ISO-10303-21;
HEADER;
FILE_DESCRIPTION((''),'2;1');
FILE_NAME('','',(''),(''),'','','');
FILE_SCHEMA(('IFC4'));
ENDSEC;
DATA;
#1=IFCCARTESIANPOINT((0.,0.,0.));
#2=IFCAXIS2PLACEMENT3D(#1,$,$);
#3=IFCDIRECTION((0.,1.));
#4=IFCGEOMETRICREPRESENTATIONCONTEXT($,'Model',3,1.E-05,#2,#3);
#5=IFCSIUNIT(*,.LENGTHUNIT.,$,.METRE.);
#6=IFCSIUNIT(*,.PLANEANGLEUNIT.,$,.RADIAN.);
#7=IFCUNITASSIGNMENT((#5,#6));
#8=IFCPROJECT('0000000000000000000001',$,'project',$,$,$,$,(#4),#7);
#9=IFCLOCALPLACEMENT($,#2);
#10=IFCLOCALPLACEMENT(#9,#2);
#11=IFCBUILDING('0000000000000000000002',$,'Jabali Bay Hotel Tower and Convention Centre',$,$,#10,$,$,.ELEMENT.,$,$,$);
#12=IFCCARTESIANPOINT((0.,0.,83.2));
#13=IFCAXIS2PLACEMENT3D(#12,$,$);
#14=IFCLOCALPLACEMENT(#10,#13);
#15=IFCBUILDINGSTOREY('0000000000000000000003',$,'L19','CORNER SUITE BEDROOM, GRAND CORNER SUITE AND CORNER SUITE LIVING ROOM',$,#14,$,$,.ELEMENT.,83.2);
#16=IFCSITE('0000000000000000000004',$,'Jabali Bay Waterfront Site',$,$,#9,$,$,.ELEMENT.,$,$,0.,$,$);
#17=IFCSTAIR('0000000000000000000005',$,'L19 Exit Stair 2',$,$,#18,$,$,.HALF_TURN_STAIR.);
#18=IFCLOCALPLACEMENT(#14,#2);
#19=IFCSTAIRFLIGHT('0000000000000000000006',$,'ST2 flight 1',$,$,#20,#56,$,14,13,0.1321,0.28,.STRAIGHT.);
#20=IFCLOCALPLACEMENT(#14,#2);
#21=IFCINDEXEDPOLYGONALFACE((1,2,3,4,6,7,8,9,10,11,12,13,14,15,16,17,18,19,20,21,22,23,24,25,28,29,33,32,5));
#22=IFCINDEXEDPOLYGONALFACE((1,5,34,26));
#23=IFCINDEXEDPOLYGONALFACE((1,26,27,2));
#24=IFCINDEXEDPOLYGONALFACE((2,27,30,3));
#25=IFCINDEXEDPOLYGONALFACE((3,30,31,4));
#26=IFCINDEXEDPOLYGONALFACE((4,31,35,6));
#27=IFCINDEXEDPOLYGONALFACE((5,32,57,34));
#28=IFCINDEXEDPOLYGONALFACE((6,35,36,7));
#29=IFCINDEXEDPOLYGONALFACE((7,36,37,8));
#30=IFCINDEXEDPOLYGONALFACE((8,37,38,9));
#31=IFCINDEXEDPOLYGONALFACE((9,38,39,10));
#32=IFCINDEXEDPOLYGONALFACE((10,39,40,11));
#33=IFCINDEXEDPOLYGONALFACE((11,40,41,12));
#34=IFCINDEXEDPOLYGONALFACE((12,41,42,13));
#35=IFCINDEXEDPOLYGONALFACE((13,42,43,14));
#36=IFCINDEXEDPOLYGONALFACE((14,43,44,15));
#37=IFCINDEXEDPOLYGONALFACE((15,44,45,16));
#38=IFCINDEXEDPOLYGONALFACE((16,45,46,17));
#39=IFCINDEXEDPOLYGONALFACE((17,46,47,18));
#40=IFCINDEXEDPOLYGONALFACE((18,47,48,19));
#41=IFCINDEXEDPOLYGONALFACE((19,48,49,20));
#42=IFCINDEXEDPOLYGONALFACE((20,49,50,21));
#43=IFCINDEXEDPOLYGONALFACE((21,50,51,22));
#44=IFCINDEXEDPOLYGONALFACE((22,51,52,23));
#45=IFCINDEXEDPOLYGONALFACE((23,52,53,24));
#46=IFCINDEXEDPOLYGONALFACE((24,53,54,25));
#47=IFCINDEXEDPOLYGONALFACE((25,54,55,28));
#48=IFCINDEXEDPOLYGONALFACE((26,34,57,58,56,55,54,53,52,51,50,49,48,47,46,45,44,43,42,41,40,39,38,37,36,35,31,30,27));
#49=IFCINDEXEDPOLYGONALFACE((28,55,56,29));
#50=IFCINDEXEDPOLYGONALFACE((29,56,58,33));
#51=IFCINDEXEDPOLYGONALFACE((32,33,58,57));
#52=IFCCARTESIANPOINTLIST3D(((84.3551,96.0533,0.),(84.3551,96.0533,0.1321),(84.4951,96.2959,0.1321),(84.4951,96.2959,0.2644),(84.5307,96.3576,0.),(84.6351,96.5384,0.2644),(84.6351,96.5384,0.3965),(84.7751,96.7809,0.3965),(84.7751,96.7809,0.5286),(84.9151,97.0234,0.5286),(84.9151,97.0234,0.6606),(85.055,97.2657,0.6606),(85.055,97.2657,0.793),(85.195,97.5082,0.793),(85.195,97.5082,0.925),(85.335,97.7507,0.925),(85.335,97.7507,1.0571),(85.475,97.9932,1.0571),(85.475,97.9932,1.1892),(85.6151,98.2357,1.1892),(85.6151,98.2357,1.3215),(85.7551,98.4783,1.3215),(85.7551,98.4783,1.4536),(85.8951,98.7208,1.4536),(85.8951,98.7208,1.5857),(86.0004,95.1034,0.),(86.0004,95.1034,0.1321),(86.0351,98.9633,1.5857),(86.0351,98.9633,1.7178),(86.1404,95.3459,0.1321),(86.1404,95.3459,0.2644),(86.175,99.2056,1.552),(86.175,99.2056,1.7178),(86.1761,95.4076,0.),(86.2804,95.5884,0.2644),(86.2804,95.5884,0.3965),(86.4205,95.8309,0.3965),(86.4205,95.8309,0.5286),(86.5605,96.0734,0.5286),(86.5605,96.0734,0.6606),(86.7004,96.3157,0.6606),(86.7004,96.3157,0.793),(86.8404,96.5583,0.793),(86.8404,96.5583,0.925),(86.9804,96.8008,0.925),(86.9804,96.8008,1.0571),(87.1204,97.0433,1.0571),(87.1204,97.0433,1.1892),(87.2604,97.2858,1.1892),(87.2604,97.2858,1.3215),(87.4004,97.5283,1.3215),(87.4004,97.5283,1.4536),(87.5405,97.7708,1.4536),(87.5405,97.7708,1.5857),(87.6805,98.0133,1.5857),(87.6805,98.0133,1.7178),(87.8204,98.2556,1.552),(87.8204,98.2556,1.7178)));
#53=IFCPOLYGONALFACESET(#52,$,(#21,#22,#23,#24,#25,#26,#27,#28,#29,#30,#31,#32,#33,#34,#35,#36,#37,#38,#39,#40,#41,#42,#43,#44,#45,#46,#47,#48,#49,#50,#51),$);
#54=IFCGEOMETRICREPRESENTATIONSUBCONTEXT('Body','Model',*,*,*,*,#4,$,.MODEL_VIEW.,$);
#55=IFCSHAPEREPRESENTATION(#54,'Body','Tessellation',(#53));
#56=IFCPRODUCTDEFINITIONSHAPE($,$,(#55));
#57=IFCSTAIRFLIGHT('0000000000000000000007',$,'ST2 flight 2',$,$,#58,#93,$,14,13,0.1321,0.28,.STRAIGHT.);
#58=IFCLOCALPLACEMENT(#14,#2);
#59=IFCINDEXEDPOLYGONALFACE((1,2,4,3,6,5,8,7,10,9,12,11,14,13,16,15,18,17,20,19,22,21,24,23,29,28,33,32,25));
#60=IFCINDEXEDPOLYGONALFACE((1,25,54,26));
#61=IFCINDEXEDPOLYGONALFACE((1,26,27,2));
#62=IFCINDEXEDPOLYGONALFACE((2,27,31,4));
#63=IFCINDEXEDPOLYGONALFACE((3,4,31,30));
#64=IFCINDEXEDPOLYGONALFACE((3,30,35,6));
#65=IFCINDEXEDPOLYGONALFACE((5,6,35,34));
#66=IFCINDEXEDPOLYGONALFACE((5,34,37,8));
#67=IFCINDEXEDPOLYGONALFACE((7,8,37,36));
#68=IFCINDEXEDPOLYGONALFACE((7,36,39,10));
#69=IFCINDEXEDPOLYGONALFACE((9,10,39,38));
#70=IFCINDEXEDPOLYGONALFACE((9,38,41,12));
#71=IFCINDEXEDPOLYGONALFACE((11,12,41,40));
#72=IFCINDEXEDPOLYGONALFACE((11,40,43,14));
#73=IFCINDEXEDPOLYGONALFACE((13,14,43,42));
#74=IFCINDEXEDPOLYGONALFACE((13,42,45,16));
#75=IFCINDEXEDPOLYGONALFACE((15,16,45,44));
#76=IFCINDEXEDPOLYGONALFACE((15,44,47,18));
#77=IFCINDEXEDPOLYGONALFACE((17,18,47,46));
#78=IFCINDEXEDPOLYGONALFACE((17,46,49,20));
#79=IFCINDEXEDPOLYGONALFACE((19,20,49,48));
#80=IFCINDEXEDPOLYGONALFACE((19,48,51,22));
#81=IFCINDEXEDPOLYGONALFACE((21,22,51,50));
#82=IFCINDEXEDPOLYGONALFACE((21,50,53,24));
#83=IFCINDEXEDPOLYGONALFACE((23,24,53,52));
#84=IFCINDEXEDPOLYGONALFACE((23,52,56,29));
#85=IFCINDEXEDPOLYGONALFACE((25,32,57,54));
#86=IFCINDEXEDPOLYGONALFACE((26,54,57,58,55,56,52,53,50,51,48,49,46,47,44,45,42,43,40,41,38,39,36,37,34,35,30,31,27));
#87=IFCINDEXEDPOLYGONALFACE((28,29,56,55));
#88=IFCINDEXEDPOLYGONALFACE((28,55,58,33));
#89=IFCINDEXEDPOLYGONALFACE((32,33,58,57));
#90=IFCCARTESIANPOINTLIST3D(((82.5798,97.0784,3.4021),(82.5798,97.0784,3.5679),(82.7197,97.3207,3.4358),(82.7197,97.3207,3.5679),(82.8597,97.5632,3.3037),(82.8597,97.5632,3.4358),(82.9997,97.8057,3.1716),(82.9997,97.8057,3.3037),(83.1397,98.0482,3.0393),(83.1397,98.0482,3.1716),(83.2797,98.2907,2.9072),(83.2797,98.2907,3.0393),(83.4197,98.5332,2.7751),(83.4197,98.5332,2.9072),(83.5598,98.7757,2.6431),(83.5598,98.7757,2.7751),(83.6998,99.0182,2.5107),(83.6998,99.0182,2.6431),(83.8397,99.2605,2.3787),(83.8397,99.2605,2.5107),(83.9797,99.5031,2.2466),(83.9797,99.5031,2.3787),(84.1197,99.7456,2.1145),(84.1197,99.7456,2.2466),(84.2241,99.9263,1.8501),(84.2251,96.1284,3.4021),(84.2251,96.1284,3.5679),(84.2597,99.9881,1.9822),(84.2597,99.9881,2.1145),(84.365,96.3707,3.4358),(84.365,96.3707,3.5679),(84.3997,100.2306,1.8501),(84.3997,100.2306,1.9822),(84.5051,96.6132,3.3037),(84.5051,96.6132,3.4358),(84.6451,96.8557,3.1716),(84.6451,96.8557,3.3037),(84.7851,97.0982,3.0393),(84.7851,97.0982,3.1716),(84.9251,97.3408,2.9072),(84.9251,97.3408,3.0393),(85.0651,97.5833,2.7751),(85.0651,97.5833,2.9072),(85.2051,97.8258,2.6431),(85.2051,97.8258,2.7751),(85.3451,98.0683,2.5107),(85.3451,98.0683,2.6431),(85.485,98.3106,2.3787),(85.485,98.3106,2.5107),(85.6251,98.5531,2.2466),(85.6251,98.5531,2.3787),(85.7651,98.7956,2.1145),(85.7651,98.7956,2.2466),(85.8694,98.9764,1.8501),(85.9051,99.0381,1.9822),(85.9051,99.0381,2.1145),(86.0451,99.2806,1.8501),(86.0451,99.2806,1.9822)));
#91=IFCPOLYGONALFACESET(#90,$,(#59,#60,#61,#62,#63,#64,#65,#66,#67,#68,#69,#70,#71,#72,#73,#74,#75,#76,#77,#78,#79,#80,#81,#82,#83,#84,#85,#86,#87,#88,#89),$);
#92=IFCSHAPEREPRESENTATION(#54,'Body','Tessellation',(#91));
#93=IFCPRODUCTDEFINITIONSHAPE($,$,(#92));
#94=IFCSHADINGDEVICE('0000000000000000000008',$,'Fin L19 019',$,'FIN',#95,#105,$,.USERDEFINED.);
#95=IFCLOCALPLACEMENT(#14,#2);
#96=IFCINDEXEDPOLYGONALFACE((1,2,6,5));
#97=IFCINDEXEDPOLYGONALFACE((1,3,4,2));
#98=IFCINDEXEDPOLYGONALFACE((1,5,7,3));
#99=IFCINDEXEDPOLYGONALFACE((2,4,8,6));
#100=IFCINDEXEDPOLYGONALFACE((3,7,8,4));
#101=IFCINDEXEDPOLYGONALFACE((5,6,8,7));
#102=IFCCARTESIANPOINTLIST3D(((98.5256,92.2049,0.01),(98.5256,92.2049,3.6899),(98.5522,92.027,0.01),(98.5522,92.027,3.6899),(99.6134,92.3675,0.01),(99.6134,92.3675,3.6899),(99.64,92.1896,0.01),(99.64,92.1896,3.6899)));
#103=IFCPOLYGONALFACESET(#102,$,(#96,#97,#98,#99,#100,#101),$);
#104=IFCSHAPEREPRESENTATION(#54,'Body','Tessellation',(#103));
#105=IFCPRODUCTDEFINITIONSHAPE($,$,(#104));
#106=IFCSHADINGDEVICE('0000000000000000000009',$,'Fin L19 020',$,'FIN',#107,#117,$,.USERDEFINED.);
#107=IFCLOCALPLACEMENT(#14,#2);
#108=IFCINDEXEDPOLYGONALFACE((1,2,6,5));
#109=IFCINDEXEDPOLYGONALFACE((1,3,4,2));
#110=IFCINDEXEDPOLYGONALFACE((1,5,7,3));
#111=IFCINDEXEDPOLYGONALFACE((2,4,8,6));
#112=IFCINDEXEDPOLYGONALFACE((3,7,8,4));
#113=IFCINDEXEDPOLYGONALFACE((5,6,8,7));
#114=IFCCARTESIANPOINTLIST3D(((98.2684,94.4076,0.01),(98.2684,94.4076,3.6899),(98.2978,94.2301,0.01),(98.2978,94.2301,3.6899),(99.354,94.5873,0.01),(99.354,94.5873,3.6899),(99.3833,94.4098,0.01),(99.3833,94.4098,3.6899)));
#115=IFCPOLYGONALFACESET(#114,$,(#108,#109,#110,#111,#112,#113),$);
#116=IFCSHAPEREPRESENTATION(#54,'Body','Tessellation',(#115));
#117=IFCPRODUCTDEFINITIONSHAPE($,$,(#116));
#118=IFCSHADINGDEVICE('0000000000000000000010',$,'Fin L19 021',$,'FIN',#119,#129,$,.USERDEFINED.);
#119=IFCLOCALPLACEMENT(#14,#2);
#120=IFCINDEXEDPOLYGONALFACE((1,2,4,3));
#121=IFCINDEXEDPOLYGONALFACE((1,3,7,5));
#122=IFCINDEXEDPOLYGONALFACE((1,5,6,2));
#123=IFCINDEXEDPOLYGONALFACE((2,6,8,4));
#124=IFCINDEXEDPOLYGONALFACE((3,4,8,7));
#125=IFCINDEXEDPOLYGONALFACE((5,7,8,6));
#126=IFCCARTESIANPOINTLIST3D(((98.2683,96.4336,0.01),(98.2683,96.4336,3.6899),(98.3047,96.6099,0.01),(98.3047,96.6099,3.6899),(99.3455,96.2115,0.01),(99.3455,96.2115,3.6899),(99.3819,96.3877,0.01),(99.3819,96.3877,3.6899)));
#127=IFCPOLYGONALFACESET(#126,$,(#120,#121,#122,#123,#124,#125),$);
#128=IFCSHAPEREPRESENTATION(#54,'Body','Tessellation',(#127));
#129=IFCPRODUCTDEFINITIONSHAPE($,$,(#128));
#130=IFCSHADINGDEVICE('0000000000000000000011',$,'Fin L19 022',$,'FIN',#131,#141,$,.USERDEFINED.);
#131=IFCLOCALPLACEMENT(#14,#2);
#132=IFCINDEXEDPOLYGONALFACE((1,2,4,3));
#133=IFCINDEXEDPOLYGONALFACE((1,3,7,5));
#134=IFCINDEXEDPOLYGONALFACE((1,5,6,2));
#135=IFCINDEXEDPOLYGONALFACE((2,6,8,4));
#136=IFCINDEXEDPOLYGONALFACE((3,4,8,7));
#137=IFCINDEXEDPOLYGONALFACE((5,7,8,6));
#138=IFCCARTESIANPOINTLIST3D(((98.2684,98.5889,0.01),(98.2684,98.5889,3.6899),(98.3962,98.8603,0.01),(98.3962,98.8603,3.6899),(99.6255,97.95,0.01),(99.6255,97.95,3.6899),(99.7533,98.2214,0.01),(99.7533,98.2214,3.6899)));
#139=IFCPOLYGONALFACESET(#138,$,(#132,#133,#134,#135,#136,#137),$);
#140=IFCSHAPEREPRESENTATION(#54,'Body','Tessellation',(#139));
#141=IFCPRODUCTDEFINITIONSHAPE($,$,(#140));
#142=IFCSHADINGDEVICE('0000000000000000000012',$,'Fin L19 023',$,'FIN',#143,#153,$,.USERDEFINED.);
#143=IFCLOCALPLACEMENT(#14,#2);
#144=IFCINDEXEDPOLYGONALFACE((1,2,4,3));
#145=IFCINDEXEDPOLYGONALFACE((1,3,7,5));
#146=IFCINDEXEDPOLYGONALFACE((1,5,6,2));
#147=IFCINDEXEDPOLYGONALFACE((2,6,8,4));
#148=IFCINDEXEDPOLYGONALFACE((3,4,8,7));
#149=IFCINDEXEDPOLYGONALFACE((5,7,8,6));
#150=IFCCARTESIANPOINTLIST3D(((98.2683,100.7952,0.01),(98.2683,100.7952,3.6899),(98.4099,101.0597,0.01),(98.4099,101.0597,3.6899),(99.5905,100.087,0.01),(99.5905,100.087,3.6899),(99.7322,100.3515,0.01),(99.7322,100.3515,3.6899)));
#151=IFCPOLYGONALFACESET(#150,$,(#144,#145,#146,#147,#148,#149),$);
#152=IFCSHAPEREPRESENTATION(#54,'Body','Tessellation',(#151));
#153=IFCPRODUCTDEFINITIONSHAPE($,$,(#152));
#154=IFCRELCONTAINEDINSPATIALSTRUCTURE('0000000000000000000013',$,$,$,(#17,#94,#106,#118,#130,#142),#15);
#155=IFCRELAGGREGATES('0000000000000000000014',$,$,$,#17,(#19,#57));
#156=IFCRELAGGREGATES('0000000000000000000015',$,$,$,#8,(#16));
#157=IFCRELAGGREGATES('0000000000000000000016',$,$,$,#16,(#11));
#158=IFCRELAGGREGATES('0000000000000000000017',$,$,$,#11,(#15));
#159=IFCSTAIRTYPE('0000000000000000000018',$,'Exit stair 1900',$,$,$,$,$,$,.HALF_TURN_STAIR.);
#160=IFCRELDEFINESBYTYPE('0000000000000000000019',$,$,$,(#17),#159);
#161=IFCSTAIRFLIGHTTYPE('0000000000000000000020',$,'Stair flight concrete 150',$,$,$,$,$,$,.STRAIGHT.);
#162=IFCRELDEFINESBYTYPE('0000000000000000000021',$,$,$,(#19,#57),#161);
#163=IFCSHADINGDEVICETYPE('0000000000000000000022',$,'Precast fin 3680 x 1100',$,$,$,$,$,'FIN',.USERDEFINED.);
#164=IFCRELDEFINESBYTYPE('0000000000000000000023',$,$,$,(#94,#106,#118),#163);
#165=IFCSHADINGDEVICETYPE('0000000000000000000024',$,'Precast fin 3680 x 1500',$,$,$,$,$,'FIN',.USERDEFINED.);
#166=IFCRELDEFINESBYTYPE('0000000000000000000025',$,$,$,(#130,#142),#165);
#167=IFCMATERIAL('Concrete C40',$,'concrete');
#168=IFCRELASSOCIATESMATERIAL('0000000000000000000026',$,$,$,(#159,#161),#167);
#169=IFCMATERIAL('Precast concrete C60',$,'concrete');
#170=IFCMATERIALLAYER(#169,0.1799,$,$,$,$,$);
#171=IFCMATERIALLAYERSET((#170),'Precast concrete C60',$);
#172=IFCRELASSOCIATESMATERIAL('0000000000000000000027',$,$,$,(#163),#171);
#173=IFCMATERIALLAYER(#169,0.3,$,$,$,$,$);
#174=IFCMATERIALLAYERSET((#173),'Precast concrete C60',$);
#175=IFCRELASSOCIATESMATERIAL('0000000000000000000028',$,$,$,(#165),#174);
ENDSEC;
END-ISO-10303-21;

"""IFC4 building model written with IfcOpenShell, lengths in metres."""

from ifc_helpers import new_model, si_unit, direction, frame, frame_2d, origin, place, context, subcontext, project, spatial, polyline, rectangle, outline, extrude, material, layer, layer_set, type_object, element, aggregate, save


model = new_model("IFC4")

# Units and contexts
model_context = context("Model", 3, precision=1e-05, world=origin(), true_north=direction((0.0, 1.0)))
body_context = subcontext(model_context, "Body", "Model", "MODEL_VIEW")
ifc_project = project(units=[si_unit("LENGTHUNIT", "METRE"), si_unit("PLANEANGLEUNIT", "RADIAN")], contexts=[model_context])

# Site, building, storey
site_placement = place(None, origin())
site = spatial("IfcSite", under=ifc_project, at=site_placement, Name="Jabali Bay Waterfront Site", CompositionType="ELEMENT", RefElevation=0.0)
building_placement = place(site_placement, origin())
building = spatial("IfcBuilding", under=site, at=building_placement, Name="Jabali Bay Hotel Tower and Convention Centre", CompositionType="ELEMENT")
storey_placement = place(building_placement, frame((0.0, 0.0, 83.2)))
storey = spatial("IfcBuildingStorey", under=building, at=storey_placement, Name="L19", Description="CORNER SUITE BEDROOM, GRAND CORNER SUITE AND CORNER SUITE LIVING ROOM", CompositionType="ELEMENT", Elevation=83.2)

# Shared definitions
ifc_material_1 = material(Name="Concrete C40", Category="concrete")

# Stair, stair flights
stair_type = type_object("IfcStairType", Name="Exit stair 1900", PredefinedType="HALF_TURN_STAIR", material=ifc_material_1)
stair_placement = place(storey_placement, origin())
stair = element("IfcStair", 1, at=stair_placement, inside=storey, type_object=stair_type, Name="L19 Exit Stair 2", PredefinedType="HALF_TURN_STAIR")
stair_flight_type = type_object("IfcStairFlightType", Name="Stair flight concrete 150", PredefinedType="STRAIGHT", material=ifc_material_1)
stair_flight_1_placement = place(storey_placement, frame((85.1777, 95.5784, 0.0), z_axis=(0.0, 0.0, 1.0), x_axis=(0.5, 0.866025, 0.0)))
stair_flight_1 = element("IfcStairFlight", 2, at=stair_flight_1_placement, type_object=stair_flight_type, Name="ST2 flight 1", NumberOfRisers=14, NumberOfTreads=13, PredefinedType="STRAIGHT", RiserHeight=0.1321, TreadLength=0.28, context=body_context, shape_type="SweptSolid", body=[
    extrude(outline(polyline([(0.0, 0.0), (0.0, 0.1321), (0.28, 0.1321), (0.28, 0.2644), (0.5601, 0.2644), (0.5601, 0.3965), (0.8401, 0.3965), (0.8401, 0.5286), (1.1201, 0.5286), (1.1201, 0.6606), (1.3999, 0.6606), (1.3999, 0.793), (1.6799, 0.793), (1.6799, 0.925), (1.96, 0.925), (1.96, 1.0571), (2.24, 1.0571), (2.24, 1.1892), (2.52, 1.1892), (2.52, 1.3215), (2.8, 1.3215), (2.8, 1.4536), (3.0801, 1.4536), (3.0801, 1.5857), (3.3601, 1.5857), (3.3601, 1.7178), (3.6399, 1.7178), (3.6399, 1.8501), (3.6399, 1.552), (0.3513, 0.0), (0.0, 0.0)])), frame((0.0, 0.95, 0.0), z_axis=(0.0, -1.0, 0.0), x_axis=(1.0, 0.0, 0.0)), (0.0, 0.0, 1.0), 1.8999),
])
stair_flight_2_placement = place(storey_placement, frame((85.2224, 99.7556, 1.8501), z_axis=(0.0, 0.0, 1.0), x_axis=(-0.5, -0.866025, 0.0)))
stair_flight_2 = element("IfcStairFlight", 3, at=stair_flight_2_placement, type_object=stair_flight_type, Name="ST2 flight 2", NumberOfRisers=14, NumberOfTreads=13, PredefinedType="STRAIGHT", RiserHeight=0.1321, TreadLength=0.28, context=body_context, shape_type="SweptSolid", body=[
    extrude(outline(polyline([(0.0, 0.0), (0.0, 0.1321), (0.28, 0.1321), (0.28, 0.2644), (0.5601, 0.2644), (0.5601, 0.3965), (0.8401, 0.3965), (0.8401, 0.5286), (1.1201, 0.5286), (1.1201, 0.6606), (1.3999, 0.6606), (1.3999, 0.793), (1.6799, 0.793), (1.6799, 0.925), (1.96, 0.925), (1.96, 1.0571), (2.24, 1.0571), (2.24, 1.1892), (2.52, 1.1892), (2.52, 1.3215), (2.8, 1.3215), (2.8, 1.4536), (3.0801, 1.4536), (3.0801, 1.5857), (3.3601, 1.5857), (3.3601, 1.7178), (3.6399, 1.7178), (3.6399, 1.8501), (3.6399, 1.552), (0.3513, 0.0), (0.0, 0.0)])), frame((0.0, 0.95, 0.0), z_axis=(0.0, -1.0, 0.0), x_axis=(1.0, 0.0, 0.0)), (0.0, 0.0, 1.0), 1.8999),
])
aggregate(stair, [stair_flight_1, stair_flight_2])

# Shading devices
ifc_material_2 = material(Name="Precast concrete C60", Category="concrete")
ifc_layer_1 = layer(ifc_material_2, 0.1799)
ifc_layer_set_1 = layer_set([ifc_layer_1], Name="Precast concrete C60")
shading_device_type_1 = type_object("IfcShadingDeviceType", Name="Precast fin 3680 x 1100", ElementType="FIN", PredefinedType="USERDEFINED", material=ifc_layer_set_1)
shading_device_1_placement = place(storey_placement, frame((98.5391, 92.116, 0.01), z_axis=(0.0, 0.0, 1.0), x_axis=(0.989014, 0.147819, 0.0)))
element("IfcShadingDevice", 4, at=shading_device_1_placement, inside=storey, type_object=shading_device_type_1, Name="Fin L19 019", ObjectType="FIN", PredefinedType="USERDEFINED", context=body_context, shape_type="SweptSolid", body=[
    extrude(rectangle(XDim=1.0999, YDim=0.1799, at=frame_2d((0.5498, 0.0))), origin(), (0.0, 0.0, 1.0), 3.6799),
])
shading_device_2_placement = place(storey_placement, frame((98.283, 94.3188, 0.01), z_axis=(0.0, 0.0, 1.0), x_axis=(0.986573, 0.163319, 0.0)))
element("IfcShadingDevice", 5, at=shading_device_2_placement, inside=storey, type_object=shading_device_type_1, Name="Fin L19 020", ObjectType="FIN", PredefinedType="USERDEFINED", context=body_context, shape_type="SweptSolid", body=[
    extrude(rectangle(XDim=1.1003, YDim=0.1799, at=frame_2d((0.5503, 0.0))), origin(), (0.0, 0.0, 1.0), 3.6799),
])
shading_device_3_placement = place(storey_placement, frame((98.2866, 96.5217, 0.01), z_axis=(0.0, 0.0, 1.0), x_axis=(0.979385, -0.202004, 0.0)))
element("IfcShadingDevice", 6, at=shading_device_3_placement, inside=storey, type_object=shading_device_type_1, Name="Fin L19 021", ObjectType="FIN", PredefinedType="USERDEFINED", context=body_context, shape_type="SweptSolid", body=[
    extrude(rectangle(XDim=1.0999, YDim=0.1799, at=frame_2d((0.5498, 0.0))), origin(), (0.0, 0.0, 1.0), 3.6799),
])
ifc_layer_2 = layer(ifc_material_2, 0.3)
ifc_layer_set_2 = layer_set([ifc_layer_2], Name="Precast concrete C60")
shading_device_type_2 = type_object("IfcShadingDeviceType", Name="Precast fin 3680 x 1500", ElementType="FIN", PredefinedType="USERDEFINED", material=ifc_layer_set_2)
for number, where, z_axis, x_axis, name in (
    (7, (98.3323, 98.7246, 0.01), (0.0, 0.0, 1.0), (0.904756, -0.42593, 0.0), "Fin L19 022"),
    (8, (98.3391, 100.9275, 0.01), (0.0, 0.0, 1.0), (0.881509, -0.472167, 0.0), "Fin L19 023"),
):
    element("IfcShadingDevice", number, at=place(storey_placement, frame(where, z_axis=z_axis, x_axis=x_axis)), inside=storey, type_object=shading_device_type_2, Name=name, ObjectType="FIN", PredefinedType="USERDEFINED", context=body_context, shape_type="SweptSolid", body=[
        extrude(rectangle(XDim=1.5, YDim=0.3, at=frame_2d((0.75, 0.0))), origin(), (0.0, 0.0, 1.0), 3.6799),
    ])

save(model, "model.ifc")
